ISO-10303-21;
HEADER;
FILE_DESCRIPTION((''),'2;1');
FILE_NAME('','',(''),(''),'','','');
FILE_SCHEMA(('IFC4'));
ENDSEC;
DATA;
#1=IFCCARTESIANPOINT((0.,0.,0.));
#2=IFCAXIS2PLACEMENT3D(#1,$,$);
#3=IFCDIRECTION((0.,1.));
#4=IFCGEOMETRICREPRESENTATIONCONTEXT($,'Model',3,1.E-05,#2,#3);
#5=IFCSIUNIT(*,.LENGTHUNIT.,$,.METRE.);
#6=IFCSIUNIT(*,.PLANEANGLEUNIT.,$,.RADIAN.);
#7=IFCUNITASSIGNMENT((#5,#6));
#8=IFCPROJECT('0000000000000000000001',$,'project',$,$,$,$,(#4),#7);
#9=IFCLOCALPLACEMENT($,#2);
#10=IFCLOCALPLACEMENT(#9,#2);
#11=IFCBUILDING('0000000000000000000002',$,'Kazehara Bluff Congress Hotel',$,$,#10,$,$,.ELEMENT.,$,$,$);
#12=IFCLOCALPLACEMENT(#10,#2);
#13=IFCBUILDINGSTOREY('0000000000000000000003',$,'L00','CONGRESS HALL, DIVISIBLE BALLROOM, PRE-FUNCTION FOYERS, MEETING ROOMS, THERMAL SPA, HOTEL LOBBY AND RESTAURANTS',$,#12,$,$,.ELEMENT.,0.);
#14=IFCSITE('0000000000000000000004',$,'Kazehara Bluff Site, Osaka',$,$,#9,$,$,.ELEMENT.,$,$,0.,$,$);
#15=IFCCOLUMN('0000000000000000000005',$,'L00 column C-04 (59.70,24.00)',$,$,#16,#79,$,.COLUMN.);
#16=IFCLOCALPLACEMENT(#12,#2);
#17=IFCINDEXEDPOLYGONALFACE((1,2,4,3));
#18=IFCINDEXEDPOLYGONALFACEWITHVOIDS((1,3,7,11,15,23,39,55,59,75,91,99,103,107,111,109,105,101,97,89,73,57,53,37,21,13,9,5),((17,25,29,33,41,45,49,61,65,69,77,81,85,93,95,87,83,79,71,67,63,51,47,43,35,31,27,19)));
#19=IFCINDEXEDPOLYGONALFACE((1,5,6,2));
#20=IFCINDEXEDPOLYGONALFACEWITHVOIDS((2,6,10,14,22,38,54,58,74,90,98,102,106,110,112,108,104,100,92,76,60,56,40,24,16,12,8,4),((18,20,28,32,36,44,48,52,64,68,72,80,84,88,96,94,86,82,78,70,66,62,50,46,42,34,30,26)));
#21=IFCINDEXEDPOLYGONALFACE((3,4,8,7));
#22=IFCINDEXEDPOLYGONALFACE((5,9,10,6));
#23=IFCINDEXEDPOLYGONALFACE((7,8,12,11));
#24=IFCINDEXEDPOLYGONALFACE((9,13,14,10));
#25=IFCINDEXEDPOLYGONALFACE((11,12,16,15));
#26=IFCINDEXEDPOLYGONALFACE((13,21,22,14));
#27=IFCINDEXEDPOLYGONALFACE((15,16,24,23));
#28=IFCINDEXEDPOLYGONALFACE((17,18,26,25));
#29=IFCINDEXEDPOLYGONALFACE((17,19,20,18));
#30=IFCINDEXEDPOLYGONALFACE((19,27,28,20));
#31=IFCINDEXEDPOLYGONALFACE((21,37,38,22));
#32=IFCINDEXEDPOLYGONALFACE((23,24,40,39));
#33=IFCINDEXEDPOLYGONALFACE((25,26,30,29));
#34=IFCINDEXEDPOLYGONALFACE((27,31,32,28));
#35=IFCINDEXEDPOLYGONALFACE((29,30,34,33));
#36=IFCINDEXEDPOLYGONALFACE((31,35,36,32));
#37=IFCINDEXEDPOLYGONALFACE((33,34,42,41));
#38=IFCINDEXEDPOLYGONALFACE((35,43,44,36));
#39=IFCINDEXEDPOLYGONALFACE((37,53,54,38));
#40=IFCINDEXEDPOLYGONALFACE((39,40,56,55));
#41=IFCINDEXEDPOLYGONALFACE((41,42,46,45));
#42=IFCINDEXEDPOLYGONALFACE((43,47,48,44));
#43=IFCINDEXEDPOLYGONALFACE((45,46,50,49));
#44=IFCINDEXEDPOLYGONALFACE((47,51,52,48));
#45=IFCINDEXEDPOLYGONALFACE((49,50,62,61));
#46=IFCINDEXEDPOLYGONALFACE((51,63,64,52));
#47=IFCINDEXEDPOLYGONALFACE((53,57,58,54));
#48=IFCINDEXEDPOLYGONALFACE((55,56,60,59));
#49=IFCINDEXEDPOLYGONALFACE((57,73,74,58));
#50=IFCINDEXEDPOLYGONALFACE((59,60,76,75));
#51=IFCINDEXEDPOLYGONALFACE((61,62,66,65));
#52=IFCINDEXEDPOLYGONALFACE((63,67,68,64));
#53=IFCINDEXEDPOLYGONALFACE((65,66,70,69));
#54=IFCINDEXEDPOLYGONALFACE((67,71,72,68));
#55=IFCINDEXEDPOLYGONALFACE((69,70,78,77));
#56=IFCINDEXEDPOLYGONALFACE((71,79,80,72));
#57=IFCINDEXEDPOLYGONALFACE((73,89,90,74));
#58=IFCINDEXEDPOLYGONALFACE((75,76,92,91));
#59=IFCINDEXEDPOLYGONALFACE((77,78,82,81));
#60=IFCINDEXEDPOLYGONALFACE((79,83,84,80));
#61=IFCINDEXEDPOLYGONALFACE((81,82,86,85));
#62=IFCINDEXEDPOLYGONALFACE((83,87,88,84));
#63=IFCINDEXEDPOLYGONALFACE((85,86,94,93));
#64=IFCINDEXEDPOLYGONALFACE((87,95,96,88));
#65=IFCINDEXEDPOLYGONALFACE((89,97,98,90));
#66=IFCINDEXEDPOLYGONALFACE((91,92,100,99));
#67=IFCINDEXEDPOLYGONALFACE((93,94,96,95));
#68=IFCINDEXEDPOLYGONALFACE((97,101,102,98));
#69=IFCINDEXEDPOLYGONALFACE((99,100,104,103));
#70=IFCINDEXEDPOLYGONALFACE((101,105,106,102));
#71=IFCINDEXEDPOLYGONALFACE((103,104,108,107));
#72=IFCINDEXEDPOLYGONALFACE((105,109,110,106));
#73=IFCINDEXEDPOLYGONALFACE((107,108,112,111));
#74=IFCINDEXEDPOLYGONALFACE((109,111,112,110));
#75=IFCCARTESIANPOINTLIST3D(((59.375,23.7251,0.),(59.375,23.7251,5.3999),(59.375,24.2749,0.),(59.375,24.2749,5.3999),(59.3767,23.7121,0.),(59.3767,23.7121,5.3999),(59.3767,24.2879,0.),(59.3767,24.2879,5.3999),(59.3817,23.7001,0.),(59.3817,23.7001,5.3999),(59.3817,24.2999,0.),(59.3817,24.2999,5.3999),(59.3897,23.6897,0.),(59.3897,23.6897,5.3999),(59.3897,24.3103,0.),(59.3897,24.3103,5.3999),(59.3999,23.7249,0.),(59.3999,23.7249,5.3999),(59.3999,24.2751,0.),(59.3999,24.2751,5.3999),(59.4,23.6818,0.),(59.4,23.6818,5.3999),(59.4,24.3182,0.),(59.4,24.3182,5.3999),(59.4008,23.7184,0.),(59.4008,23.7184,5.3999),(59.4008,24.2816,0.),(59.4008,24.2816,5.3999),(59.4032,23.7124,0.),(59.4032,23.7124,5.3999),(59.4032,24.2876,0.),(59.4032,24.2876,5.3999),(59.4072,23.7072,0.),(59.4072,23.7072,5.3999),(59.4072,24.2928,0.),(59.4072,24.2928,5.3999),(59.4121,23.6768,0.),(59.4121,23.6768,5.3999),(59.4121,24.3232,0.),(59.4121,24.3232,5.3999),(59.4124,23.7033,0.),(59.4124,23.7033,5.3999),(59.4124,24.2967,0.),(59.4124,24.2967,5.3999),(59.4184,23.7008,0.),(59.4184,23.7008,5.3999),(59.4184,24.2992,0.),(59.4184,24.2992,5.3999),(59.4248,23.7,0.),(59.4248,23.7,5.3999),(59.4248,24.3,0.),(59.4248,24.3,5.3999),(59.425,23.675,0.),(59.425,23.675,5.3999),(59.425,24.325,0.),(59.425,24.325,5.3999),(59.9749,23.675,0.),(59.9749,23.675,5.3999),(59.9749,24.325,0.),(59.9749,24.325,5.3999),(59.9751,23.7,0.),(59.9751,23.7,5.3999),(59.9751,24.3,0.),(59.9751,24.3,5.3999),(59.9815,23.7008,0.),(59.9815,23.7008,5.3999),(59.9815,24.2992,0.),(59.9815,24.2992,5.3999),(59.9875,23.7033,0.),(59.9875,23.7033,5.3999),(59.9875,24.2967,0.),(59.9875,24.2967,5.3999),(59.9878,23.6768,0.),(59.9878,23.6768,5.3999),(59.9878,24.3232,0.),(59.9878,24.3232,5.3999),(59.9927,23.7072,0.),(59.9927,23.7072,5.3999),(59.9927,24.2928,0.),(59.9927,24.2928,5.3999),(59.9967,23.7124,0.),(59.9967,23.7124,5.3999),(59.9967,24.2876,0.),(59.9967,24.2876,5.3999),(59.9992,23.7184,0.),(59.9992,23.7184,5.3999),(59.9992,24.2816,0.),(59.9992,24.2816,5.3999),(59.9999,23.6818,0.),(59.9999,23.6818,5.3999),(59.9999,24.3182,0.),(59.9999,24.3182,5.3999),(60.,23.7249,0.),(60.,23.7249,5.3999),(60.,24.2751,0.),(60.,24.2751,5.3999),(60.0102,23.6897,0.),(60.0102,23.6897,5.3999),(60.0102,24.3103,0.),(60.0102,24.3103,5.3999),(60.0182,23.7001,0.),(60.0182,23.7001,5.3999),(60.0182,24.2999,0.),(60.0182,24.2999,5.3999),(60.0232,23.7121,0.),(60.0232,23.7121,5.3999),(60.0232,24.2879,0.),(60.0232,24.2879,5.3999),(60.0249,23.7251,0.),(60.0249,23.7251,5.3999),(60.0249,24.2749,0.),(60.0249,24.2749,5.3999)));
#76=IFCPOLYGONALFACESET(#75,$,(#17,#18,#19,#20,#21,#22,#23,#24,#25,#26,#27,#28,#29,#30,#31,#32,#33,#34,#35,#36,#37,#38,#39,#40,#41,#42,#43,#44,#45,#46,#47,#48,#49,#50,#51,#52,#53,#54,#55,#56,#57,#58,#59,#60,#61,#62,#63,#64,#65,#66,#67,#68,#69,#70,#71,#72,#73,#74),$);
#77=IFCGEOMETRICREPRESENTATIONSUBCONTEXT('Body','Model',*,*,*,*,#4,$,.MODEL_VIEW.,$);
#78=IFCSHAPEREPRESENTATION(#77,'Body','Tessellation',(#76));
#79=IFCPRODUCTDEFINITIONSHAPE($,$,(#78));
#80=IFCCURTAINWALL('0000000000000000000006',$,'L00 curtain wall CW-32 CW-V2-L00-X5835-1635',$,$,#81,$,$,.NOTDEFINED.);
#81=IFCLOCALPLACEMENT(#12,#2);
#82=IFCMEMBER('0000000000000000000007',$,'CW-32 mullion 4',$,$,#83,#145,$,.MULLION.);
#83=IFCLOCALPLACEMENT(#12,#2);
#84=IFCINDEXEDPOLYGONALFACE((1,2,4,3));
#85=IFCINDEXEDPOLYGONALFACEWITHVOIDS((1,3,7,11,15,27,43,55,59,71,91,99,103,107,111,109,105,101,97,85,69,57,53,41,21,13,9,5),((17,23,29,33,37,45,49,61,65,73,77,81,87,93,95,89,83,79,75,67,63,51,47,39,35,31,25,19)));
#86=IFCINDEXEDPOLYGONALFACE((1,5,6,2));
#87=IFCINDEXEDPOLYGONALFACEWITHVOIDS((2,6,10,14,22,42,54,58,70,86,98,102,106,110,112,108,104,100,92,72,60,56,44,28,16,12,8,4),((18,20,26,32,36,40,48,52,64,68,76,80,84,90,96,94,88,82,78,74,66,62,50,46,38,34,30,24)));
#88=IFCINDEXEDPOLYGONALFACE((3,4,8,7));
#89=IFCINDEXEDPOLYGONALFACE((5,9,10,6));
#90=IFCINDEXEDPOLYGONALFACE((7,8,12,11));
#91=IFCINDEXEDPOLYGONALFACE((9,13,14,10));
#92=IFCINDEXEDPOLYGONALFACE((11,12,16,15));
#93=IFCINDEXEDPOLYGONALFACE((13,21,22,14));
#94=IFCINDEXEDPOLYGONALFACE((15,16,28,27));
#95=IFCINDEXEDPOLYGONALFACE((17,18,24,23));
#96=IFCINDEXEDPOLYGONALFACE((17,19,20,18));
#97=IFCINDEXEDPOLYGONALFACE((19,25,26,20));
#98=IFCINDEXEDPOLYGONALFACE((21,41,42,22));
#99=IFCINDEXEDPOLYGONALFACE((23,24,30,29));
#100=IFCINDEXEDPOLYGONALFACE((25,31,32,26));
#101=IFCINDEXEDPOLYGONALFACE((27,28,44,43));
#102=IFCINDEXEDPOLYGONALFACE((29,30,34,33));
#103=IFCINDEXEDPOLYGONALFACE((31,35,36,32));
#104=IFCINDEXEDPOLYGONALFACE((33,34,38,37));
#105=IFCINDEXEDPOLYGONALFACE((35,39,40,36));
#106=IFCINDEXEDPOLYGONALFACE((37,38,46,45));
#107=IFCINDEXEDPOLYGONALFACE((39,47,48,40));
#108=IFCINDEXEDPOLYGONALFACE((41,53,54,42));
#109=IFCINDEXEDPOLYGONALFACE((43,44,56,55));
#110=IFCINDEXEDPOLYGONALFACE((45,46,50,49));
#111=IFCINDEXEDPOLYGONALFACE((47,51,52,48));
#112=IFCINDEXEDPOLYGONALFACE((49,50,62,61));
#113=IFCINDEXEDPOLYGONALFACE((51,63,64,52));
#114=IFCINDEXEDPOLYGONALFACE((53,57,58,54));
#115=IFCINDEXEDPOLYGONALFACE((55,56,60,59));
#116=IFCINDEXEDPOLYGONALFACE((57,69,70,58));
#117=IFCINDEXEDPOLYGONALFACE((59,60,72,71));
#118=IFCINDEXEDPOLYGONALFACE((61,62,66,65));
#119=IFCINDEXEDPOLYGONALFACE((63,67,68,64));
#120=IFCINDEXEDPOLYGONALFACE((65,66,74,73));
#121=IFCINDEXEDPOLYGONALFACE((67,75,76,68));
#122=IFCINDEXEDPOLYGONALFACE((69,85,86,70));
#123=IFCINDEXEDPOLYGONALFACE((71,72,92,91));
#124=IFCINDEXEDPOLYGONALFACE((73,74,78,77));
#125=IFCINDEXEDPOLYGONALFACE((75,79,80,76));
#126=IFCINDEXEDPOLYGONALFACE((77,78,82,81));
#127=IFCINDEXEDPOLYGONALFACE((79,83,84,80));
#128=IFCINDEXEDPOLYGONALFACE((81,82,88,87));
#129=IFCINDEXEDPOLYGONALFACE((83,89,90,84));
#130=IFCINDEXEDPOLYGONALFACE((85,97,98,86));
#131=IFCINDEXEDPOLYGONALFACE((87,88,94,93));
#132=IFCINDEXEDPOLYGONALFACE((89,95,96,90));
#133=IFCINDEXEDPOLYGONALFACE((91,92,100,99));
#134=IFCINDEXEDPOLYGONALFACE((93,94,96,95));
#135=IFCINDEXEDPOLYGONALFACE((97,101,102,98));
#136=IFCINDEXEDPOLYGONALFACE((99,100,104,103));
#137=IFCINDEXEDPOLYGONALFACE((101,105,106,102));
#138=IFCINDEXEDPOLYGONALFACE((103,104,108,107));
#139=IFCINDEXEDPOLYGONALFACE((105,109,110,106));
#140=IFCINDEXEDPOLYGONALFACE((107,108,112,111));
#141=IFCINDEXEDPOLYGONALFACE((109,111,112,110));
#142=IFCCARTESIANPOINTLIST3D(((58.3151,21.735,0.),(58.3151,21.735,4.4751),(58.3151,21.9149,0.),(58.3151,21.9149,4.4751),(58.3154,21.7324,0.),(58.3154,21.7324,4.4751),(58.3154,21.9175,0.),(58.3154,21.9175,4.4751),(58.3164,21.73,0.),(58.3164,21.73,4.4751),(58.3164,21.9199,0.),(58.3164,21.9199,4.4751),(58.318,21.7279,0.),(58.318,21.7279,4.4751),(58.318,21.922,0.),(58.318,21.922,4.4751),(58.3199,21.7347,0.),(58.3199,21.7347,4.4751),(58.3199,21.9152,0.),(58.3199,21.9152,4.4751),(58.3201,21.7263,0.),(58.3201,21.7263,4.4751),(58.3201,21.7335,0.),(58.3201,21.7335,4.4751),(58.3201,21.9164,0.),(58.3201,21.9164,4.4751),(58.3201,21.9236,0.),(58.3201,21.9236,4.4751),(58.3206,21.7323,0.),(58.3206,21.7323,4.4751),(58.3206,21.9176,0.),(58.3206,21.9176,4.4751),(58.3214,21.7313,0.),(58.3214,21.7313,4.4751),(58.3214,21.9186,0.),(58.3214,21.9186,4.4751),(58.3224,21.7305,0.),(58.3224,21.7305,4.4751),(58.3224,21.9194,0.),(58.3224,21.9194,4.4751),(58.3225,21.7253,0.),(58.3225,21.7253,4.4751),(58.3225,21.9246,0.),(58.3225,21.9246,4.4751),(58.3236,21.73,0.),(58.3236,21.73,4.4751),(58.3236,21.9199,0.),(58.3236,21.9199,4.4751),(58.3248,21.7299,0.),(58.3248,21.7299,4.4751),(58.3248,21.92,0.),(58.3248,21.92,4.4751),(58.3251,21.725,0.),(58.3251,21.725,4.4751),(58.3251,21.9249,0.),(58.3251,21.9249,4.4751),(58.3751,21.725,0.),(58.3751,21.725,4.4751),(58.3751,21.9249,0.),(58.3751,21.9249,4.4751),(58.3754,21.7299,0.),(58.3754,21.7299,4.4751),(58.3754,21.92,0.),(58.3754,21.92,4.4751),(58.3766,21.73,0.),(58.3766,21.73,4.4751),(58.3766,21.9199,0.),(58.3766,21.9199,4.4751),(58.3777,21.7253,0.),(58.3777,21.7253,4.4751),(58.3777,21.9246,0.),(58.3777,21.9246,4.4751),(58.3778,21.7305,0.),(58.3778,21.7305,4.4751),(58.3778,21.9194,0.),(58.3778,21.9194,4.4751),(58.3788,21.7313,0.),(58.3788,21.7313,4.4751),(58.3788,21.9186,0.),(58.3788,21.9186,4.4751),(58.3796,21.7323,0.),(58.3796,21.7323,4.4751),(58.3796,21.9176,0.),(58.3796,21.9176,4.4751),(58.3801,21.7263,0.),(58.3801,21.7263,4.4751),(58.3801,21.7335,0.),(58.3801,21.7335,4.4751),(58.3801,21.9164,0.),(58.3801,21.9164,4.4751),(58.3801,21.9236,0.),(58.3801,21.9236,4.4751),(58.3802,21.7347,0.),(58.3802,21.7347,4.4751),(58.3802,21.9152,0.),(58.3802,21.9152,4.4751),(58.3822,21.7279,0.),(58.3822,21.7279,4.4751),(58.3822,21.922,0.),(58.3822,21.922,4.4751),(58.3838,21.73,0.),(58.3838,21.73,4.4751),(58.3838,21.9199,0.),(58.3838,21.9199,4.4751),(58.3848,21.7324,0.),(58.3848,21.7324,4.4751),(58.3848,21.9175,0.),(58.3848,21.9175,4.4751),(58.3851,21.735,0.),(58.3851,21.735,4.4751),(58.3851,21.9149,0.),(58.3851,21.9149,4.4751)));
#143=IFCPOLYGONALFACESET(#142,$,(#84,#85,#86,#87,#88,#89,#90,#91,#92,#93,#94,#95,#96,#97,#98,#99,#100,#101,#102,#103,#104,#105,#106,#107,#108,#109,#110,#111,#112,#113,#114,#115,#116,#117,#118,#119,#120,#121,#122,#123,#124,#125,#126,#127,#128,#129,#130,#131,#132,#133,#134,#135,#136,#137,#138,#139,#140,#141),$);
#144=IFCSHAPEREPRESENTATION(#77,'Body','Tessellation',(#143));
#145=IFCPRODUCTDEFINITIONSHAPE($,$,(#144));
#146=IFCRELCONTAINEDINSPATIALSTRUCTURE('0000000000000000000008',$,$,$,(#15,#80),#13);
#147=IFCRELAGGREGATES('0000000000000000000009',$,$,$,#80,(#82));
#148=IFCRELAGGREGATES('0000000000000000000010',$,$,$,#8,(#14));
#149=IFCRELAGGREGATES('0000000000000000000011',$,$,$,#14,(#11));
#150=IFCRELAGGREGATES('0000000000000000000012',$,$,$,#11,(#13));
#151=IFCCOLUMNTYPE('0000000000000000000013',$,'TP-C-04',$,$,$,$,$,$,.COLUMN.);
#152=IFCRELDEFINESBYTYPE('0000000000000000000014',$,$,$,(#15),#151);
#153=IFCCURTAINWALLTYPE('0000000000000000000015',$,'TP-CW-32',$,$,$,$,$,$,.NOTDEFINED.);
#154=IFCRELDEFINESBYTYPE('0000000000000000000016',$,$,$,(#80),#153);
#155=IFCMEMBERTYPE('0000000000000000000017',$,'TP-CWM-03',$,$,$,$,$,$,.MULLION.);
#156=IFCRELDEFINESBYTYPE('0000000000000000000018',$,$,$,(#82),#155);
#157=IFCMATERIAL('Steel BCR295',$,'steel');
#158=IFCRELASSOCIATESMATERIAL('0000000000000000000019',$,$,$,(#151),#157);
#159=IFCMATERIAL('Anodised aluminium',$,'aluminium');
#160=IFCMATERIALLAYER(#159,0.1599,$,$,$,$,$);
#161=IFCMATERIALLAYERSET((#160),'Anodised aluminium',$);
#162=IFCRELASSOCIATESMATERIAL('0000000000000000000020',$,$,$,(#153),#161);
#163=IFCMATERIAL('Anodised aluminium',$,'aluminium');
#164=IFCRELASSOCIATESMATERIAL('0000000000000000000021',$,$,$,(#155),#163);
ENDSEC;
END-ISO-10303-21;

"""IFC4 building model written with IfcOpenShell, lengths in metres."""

from ifc_helpers import new_model, si_unit, direction, frame, origin, origin_2d, place, context, subcontext, project, spatial, hollow_rectangle, extrude, material, layer, layer_set, material_profile, profile_set, type_object, element, aggregate, save


model = new_model("IFC4")

# Units and contexts
model_context = context("Model", 3, precision=1e-05, world=origin(), true_north=direction((0.0, 1.0)))
body_context = subcontext(model_context, "Body", "Model", "MODEL_VIEW")
ifc_project = project(units=[si_unit("LENGTHUNIT", "METRE"), si_unit("PLANEANGLEUNIT", "RADIAN")], contexts=[model_context])

# Site, building, storey
site_placement = place(None, origin())
site = spatial("IfcSite", under=ifc_project, at=site_placement, Name="Kazehara Bluff Site, Osaka", CompositionType="ELEMENT", RefElevation=0.0)
building_placement = place(site_placement, origin())
building = spatial("IfcBuilding", under=site, at=building_placement, Name="Kazehara Bluff Congress Hotel", CompositionType="ELEMENT")
storey_placement = place(building_placement, origin())
storey = spatial("IfcBuildingStorey", under=building, at=storey_placement, Name="L00", Description="CONGRESS HALL, DIVISIBLE BALLROOM, PRE-FUNCTION FOYERS, MEETING ROOMS, THERMAL SPA, HOTEL LOBBY AND RESTAURANTS", CompositionType="ELEMENT", Elevation=0.0)

# Column
ifc_material_1 = material(Name="Steel BCR295", Category="steel")
ifc_material_profile_1 = material_profile(ifc_material_1, hollow_rectangle(XDim=0.6499, YDim=0.6499, WallThickness=0.0249, InnerFilletRadius=0.0249, OuterFilletRadius=0.05, at=origin_2d()))
ifc_profile_set_1 = profile_set([ifc_material_profile_1], Name="Steel BCR295")
column_type_1 = type_object("IfcColumnType", Name="TP-C-04", PredefinedType="COLUMN", material=ifc_profile_set_1)
column_placement = place(storey_placement, frame((59.7, 24.0, 0.0), z_axis=(0.0, 0.0, 1.0), x_axis=(1.0, 0.0, 0.0)))
element("IfcColumn", 1, at=column_placement, inside=storey, type_object=column_type_1, Name="L00 column C-04 (59.70,24.00)", PredefinedType="COLUMN", context=body_context, shape_type="SweptSolid", body=[
    extrude(hollow_rectangle(XDim=0.6499, YDim=0.6499, WallThickness=0.0249, InnerFilletRadius=0.0249, OuterFilletRadius=0.05, at=origin_2d()), origin(), (0.0, 0.0, 1.0), 5.3999),
])

# Curtain wall, member
ifc_material_2 = material(Name="Anodised aluminium", Category="aluminium")
ifc_layer_1 = layer(ifc_material_2, 0.1599)
ifc_layer_set_1 = layer_set([ifc_layer_1], Name="Anodised aluminium")
curtain_wall_type = type_object("IfcCurtainWallType", Name="TP-CW-32", PredefinedType="NOTDEFINED", material=ifc_layer_set_1)
curtain_wall_placement = place(storey_placement, origin())
curtain_wall = element("IfcCurtainWall", 2, at=curtain_wall_placement, inside=storey, type_object=curtain_wall_type, Name="L00 curtain wall CW-32 CW-V2-L00-X5835-1635", PredefinedType="NOTDEFINED")
ifc_material_3 = material(Name="Anodised aluminium", Category="aluminium")
ifc_material_profile_2 = material_profile(ifc_material_3, hollow_rectangle(XDim=0.0701, YDim=0.2, WallThickness=0.0049, InnerFilletRadius=0.0049, OuterFilletRadius=0.01, at=origin_2d()))
ifc_profile_set_2 = profile_set([ifc_material_profile_2], Name="Anodised aluminium")
member_type_1 = type_object("IfcMemberType", Name="TP-CWM-03", PredefinedType="MULLION", material=ifc_profile_set_2)
member_1_placement = place(storey_placement, frame((58.3501, 21.825, 0.0), z_axis=(0.0, 0.0, 1.0), x_axis=(-1.0, 0.0, 0.0)))
member_1 = element("IfcMember", 3, at=member_1_placement, type_object=member_type_1, Name="CW-32 mullion 4", PredefinedType="MULLION", context=body_context, shape_type="SweptSolid", body=[
    extrude(hollow_rectangle(XDim=0.0701, YDim=0.2, WallThickness=0.0049, InnerFilletRadius=0.0049, OuterFilletRadius=0.01, at=origin_2d()), origin(), (0.0, 0.0, 1.0), 4.4751),
])

aggregate(curtain_wall, [member_1])

save(model, "model.ifc")
